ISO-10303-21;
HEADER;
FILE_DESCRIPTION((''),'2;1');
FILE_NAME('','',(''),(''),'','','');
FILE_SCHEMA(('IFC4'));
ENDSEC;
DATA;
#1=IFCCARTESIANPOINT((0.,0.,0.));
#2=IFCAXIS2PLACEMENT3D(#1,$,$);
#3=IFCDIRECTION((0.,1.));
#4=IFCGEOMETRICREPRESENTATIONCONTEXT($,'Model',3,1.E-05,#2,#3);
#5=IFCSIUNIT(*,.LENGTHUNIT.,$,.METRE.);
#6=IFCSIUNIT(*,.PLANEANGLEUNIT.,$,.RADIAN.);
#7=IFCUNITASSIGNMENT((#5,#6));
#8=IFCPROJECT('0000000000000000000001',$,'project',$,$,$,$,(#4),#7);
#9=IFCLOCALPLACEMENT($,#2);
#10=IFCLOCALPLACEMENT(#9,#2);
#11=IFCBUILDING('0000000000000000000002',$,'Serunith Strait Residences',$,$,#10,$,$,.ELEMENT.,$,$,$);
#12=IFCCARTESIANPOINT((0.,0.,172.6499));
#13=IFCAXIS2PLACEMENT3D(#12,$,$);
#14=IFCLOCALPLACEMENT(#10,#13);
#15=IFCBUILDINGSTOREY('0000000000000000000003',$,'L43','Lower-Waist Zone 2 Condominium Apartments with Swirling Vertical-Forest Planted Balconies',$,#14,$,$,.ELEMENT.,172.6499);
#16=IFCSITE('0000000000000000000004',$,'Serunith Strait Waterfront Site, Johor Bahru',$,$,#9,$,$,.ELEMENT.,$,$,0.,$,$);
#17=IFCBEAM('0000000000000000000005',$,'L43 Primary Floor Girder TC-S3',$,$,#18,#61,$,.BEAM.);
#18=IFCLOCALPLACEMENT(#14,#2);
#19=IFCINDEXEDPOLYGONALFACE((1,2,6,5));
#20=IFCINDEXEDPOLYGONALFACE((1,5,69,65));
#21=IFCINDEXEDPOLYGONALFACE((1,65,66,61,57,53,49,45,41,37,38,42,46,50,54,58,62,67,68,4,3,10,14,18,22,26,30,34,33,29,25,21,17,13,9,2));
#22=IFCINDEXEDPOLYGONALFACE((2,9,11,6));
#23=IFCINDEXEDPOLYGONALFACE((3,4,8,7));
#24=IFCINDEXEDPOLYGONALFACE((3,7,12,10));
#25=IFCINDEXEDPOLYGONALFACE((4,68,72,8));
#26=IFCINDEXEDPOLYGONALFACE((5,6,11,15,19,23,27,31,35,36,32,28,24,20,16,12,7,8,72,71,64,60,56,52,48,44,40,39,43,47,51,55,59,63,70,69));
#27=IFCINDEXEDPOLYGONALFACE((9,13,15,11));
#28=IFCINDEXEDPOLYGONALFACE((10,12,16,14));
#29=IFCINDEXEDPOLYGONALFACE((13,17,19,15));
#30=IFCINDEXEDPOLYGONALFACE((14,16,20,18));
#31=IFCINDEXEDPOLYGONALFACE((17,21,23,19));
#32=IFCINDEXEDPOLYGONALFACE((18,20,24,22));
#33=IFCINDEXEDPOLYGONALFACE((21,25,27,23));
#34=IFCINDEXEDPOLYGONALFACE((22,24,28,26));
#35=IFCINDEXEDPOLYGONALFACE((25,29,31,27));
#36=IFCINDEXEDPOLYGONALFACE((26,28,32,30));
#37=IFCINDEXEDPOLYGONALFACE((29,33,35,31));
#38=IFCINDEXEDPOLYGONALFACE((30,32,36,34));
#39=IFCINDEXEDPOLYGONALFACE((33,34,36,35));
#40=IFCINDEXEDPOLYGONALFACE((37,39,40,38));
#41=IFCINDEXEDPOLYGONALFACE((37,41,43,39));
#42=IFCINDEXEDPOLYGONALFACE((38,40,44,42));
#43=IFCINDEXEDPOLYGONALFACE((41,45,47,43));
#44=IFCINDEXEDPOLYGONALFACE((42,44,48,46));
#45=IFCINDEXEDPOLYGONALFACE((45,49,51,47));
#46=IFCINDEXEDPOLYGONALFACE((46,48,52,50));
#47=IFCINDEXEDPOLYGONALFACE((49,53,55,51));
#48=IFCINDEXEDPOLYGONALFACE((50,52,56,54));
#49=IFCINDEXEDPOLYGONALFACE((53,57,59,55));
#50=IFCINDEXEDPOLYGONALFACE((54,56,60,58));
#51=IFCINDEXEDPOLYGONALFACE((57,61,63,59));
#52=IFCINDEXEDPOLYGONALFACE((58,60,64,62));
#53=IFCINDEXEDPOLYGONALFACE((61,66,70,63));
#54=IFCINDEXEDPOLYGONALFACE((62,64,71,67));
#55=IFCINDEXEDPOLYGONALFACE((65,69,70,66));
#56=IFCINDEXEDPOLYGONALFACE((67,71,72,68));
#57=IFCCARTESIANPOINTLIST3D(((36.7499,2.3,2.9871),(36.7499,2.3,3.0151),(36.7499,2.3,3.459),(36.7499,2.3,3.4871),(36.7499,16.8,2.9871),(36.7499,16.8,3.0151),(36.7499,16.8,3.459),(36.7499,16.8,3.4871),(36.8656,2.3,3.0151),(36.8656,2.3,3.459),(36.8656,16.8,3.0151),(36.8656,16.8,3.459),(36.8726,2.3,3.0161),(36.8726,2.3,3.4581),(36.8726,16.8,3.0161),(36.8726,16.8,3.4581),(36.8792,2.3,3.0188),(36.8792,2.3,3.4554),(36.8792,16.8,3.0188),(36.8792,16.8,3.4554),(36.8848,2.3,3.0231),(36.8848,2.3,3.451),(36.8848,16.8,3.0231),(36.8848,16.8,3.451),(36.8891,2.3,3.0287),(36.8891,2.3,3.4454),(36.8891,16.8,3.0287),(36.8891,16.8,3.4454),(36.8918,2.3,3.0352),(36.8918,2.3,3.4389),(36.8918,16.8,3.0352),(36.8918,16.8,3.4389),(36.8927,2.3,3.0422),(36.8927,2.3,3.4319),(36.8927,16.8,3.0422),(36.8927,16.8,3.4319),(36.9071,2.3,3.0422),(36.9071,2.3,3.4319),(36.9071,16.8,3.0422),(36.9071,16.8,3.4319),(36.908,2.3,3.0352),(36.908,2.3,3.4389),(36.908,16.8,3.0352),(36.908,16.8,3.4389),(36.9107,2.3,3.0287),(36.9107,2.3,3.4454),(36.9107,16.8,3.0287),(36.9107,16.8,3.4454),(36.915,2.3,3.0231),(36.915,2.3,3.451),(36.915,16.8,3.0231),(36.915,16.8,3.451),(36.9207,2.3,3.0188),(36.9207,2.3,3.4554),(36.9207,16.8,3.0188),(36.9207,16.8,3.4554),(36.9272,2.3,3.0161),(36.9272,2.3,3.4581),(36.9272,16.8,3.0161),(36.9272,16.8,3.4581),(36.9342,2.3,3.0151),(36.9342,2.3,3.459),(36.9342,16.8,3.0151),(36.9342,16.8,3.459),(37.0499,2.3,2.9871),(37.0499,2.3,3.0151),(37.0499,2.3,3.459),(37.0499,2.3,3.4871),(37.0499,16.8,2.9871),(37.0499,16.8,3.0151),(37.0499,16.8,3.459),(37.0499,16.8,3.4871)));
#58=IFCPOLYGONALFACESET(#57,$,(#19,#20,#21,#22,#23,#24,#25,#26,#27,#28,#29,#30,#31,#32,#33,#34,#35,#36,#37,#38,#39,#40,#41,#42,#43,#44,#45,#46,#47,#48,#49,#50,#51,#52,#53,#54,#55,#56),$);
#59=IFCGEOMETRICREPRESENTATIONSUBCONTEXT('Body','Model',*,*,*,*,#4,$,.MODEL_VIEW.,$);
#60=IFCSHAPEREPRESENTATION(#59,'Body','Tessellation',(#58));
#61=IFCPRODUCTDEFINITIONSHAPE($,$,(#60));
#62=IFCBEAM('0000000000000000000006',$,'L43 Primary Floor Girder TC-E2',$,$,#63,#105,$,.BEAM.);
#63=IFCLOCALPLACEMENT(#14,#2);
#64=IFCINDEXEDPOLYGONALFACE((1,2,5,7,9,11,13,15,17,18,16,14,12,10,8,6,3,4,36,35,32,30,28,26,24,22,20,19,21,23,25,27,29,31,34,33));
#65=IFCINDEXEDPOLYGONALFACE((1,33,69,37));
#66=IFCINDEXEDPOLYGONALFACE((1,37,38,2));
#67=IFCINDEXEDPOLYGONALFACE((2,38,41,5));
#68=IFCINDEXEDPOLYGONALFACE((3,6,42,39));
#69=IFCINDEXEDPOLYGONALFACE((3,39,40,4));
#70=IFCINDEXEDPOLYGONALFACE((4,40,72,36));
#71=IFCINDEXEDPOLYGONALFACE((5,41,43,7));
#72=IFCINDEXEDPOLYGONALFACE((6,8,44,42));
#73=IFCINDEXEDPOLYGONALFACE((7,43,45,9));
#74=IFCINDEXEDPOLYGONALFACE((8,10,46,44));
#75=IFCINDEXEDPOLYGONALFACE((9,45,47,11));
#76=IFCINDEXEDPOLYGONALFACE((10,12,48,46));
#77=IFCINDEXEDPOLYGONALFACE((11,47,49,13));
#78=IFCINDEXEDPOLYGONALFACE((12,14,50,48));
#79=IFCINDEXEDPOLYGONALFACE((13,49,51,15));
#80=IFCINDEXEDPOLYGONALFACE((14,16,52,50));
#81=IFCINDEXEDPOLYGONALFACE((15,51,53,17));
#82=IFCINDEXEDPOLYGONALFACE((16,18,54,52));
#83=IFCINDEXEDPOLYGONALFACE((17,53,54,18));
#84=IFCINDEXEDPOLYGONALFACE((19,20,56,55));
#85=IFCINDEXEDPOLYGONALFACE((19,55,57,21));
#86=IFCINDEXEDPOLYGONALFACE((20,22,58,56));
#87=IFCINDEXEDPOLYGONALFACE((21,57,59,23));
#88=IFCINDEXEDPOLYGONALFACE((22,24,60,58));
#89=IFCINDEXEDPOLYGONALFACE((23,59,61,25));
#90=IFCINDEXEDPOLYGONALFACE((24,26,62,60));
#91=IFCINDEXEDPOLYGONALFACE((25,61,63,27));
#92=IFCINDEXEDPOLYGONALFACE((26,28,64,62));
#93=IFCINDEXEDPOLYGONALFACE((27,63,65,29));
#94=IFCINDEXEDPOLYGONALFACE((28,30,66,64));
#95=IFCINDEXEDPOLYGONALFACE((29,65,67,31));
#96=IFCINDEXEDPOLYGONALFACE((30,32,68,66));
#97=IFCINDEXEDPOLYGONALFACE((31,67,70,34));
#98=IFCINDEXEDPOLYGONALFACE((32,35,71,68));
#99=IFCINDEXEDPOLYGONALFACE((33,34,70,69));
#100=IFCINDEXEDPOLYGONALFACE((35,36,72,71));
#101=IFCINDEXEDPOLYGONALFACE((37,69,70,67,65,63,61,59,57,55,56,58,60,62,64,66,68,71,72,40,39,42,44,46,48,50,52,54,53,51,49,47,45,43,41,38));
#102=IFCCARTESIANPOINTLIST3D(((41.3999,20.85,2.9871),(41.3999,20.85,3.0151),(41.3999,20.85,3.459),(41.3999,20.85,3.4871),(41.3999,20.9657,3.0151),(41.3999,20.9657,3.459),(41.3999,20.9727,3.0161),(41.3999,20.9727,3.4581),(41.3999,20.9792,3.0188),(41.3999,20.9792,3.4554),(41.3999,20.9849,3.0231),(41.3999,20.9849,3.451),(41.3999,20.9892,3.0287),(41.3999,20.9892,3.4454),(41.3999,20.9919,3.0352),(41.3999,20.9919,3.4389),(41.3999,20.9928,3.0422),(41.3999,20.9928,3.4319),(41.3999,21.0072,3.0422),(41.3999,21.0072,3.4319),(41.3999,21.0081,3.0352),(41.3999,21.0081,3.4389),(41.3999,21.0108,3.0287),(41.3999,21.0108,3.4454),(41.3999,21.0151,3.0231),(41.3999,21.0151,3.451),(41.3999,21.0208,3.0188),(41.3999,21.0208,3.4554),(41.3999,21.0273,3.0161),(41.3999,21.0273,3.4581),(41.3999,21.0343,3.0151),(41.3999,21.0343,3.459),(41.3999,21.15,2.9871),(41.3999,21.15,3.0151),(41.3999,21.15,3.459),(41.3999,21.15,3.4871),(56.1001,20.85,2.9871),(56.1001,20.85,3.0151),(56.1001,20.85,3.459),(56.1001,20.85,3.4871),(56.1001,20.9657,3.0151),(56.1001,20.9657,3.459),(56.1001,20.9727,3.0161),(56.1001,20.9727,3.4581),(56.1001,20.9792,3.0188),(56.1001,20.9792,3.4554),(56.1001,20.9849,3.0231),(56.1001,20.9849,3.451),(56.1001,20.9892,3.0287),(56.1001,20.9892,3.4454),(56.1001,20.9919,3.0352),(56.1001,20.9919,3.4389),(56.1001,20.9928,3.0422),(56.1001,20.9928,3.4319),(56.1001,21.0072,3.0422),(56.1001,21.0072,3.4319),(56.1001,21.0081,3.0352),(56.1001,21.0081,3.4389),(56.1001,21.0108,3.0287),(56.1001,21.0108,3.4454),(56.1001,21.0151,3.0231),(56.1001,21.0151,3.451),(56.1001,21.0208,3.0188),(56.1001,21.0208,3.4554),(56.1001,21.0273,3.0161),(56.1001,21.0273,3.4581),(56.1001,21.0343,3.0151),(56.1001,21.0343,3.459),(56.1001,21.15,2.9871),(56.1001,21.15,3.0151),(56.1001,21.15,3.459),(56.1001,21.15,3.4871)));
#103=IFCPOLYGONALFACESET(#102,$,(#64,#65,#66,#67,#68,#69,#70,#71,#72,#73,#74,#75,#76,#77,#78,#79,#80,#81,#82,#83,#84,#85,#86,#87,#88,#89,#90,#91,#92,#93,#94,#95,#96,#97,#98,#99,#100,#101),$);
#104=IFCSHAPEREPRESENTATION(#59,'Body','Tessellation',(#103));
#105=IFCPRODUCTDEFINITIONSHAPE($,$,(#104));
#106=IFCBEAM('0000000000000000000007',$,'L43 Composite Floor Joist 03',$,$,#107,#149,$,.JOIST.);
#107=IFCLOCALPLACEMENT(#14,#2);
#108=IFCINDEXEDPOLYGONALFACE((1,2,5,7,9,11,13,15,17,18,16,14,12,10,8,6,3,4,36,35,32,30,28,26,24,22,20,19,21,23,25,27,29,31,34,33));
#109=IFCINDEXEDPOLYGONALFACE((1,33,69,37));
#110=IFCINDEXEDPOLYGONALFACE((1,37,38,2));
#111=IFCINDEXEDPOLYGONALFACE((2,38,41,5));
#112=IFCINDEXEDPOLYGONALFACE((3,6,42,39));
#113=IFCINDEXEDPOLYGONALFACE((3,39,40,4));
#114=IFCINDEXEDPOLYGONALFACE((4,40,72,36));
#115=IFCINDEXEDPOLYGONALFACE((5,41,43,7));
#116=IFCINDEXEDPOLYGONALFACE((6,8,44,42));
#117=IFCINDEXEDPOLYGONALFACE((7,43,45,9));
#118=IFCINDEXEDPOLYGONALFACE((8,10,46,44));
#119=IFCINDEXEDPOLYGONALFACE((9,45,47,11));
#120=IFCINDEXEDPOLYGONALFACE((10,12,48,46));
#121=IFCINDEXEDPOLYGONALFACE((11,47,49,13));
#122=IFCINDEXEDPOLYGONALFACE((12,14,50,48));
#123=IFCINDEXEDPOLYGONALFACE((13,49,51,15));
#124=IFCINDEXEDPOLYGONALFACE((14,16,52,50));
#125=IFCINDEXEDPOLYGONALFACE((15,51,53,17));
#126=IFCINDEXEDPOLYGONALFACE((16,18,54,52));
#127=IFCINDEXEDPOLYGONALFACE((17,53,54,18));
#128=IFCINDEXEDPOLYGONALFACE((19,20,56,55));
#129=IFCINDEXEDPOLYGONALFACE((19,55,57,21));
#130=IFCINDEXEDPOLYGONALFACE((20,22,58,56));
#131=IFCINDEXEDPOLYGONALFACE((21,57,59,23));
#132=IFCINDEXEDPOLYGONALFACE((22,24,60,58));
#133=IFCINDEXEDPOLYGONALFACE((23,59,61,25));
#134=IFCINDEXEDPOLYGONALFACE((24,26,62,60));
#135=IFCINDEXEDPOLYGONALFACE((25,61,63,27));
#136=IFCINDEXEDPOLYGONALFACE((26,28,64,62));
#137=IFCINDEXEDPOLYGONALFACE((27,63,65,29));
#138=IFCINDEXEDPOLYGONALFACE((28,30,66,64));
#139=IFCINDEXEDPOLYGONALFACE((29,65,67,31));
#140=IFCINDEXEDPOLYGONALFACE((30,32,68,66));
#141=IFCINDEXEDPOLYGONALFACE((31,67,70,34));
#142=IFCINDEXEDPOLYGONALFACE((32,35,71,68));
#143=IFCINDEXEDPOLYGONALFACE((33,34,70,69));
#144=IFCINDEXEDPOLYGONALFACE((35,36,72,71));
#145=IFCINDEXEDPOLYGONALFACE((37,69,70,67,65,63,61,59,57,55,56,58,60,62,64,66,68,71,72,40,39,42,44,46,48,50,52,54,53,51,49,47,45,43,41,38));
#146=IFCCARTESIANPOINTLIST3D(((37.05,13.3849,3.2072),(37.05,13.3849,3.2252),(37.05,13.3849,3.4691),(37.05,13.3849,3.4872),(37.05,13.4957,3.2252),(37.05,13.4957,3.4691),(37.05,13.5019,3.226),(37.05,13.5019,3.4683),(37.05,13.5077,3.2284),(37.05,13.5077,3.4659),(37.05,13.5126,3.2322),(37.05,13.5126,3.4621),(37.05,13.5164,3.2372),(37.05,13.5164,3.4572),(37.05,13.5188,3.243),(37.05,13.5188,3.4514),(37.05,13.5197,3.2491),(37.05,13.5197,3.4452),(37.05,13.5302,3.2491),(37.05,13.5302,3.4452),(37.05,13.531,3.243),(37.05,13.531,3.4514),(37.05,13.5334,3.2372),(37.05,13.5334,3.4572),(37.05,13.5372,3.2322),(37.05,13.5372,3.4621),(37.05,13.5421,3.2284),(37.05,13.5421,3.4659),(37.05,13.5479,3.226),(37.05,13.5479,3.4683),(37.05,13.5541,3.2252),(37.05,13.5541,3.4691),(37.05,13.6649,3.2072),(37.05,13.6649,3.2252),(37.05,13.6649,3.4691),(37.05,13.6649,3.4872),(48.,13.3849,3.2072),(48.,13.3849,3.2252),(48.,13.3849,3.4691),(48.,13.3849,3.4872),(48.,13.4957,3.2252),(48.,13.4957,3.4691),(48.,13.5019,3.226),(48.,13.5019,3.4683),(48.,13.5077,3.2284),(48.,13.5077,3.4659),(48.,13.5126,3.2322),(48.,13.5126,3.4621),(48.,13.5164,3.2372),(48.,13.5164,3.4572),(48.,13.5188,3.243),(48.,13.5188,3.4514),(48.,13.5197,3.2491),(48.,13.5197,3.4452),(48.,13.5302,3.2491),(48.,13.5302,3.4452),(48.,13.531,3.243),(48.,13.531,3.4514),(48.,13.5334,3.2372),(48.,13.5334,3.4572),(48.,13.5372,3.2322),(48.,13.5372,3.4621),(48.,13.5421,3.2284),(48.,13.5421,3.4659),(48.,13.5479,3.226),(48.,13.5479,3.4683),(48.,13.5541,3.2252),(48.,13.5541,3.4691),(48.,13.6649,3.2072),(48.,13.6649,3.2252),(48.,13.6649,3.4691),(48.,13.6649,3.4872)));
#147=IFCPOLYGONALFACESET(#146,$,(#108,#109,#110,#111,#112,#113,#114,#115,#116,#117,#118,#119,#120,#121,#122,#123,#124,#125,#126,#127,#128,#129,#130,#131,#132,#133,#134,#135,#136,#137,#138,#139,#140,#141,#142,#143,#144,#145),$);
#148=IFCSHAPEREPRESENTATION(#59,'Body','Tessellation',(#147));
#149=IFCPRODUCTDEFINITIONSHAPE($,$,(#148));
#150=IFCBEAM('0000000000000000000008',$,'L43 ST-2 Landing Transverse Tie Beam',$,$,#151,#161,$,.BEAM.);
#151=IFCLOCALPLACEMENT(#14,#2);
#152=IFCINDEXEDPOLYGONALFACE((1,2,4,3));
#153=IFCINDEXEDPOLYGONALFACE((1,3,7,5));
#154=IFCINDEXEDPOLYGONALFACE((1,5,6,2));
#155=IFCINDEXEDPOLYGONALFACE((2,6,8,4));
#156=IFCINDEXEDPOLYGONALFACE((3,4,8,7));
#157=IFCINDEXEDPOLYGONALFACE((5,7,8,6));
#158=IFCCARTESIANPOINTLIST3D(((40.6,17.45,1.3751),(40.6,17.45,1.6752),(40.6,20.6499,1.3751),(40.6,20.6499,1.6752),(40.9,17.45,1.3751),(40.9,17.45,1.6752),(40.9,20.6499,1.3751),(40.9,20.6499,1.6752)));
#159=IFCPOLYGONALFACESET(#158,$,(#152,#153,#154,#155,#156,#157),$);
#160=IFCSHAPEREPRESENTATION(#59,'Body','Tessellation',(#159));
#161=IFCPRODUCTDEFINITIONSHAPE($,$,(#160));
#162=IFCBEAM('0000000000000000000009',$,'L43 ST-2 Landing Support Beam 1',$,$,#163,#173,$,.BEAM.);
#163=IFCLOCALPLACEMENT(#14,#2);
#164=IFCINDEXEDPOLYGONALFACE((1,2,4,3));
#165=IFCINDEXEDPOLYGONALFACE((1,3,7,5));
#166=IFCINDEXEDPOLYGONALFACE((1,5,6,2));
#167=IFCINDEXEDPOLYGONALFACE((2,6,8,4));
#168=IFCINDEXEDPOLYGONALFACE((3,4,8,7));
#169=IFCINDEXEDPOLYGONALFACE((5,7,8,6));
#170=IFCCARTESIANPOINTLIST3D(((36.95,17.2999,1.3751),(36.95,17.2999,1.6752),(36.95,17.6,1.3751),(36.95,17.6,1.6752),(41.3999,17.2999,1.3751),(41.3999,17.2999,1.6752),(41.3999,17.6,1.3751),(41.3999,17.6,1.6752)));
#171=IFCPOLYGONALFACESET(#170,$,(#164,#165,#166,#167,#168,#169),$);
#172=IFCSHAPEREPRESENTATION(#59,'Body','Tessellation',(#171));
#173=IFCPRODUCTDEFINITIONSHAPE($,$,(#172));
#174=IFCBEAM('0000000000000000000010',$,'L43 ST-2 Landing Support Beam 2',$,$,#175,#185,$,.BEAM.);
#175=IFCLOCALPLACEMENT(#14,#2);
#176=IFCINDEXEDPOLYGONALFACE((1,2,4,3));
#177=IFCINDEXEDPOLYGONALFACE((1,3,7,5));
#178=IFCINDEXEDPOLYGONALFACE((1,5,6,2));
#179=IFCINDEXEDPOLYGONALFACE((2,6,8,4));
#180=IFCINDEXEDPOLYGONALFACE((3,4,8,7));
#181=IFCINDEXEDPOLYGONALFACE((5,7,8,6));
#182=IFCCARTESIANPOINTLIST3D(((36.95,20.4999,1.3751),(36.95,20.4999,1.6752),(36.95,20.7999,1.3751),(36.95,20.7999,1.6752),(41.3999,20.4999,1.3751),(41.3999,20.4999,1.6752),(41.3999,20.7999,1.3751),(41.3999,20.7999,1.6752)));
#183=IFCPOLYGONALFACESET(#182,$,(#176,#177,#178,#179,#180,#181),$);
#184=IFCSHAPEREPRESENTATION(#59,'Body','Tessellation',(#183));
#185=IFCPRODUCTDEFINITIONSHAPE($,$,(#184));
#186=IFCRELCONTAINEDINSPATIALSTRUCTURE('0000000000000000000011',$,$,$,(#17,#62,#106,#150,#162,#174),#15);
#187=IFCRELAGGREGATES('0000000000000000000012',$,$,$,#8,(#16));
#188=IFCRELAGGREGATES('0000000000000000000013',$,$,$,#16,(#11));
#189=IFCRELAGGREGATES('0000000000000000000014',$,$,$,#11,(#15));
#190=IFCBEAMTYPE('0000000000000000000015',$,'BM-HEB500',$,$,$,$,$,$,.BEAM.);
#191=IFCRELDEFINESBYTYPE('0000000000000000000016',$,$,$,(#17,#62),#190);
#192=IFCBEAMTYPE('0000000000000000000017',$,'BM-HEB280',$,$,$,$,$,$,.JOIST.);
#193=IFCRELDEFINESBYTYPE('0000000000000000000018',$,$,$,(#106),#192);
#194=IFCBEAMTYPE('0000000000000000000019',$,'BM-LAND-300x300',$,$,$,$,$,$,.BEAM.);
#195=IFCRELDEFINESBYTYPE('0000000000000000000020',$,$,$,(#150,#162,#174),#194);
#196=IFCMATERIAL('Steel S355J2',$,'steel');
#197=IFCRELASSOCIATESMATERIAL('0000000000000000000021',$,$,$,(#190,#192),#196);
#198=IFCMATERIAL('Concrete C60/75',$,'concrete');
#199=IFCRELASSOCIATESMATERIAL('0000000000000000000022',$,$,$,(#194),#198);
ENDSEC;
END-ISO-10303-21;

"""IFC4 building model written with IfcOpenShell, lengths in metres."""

from ifc_helpers import new_model, si_unit, direction, frame, origin, origin_2d, place, context, subcontext, project, spatial, rectangle, i_section, extrude, source, transform, mapped, material, material_profile, profile_set, type_object, element, save


model = new_model("IFC4")

# Units and contexts
model_context = context("Model", 3, precision=1e-05, world=origin(), true_north=direction((0.0, 1.0)))
body_context = subcontext(model_context, "Body", "Model", "MODEL_VIEW")
ifc_project = project(units=[si_unit("LENGTHUNIT", "METRE"), si_unit("PLANEANGLEUNIT", "RADIAN")], contexts=[model_context])

# Site, building, storey
site_placement = place(None, origin())
site = spatial("IfcSite", under=ifc_project, at=site_placement, Name="Serunith Strait Waterfront Site, Johor Bahru", CompositionType="ELEMENT", RefElevation=0.0)
building_placement = place(site_placement, origin())
building = spatial("IfcBuilding", under=site, at=building_placement, Name="Serunith Strait Residences", CompositionType="ELEMENT")
storey_placement = place(building_placement, frame((0.0, 0.0, 172.6499)))
storey = spatial("IfcBuildingStorey", under=building, at=storey_placement, Name="L43", Description="Lower-Waist Zone 2 Condominium Apartments with Swirling Vertical-Forest Planted Balconies", CompositionType="ELEMENT", Elevation=172.6499)

# Beams
ifc_material_1 = material(Name="Steel S355J2", Category="steel")
ifc_material_profile_1 = material_profile(ifc_material_1, i_section(OverallWidth=0.3, OverallDepth=0.5, WebThickness=0.0144, FlangeThickness=0.0281, FilletRadius=0.0271, at=origin_2d()), Name="HEB 500")
ifc_profile_set_1 = profile_set([ifc_material_profile_1], Name="Steel S355J2")
beam_type_1 = type_object("IfcBeamType", Name="BM-HEB500", PredefinedType="BEAM", material=ifc_profile_set_1)
shared_shape_1 = source(origin(), body_context, "Body", "SweptSolid", [
    extrude(i_section(OverallWidth=0.3, OverallDepth=0.5, WebThickness=0.0144, FlangeThickness=0.0281, FilletRadius=0.0271, at=origin_2d()), origin(), (0.0, 0.0, 1.0), 14.5),
])
beam_1_placement = place(storey_placement, frame((36.8999, 16.8, 3.2371), z_axis=(0.0, -1.0, 0.0), x_axis=(1.0, 0.0, 0.0)))
element("IfcBeam", 1, at=beam_1_placement, inside=storey, type_object=beam_type_1, Name="L43 Primary Floor Girder TC-S3", PredefinedType="BEAM", context=body_context, shape_type="MappedRepresentation", body=[
    mapped(shared_shape_1, transform((0.0, 0.0, 0.0), scale=1.0)),
])
shared_shape_2 = source(origin(), body_context, "Body", "SweptSolid", [
    extrude(i_section(OverallWidth=0.3, OverallDepth=0.5, WebThickness=0.0144, FlangeThickness=0.0281, FilletRadius=0.0271, at=origin_2d()), origin(), (0.0, 0.0, 1.0), 14.7002),
])
beam_2_placement = place(storey_placement, frame((41.3999, 21.0, 3.2371), z_axis=(1.0, 0.0, 0.0), x_axis=(0.0, 1.0, 0.0)))
element("IfcBeam", 2, at=beam_2_placement, inside=storey, type_object=beam_type_1, Name="L43 Primary Floor Girder TC-E2", PredefinedType="BEAM", context=body_context, shape_type="MappedRepresentation", body=[
    mapped(shared_shape_2, transform((0.0, 0.0, 0.0), scale=1.0)),
])
ifc_material_profile_2 = material_profile(ifc_material_1, i_section(OverallWidth=0.28, OverallDepth=0.28, WebThickness=0.0105, FlangeThickness=0.0181, FilletRadius=0.0239, at=origin_2d()), Name="HEB 280")
ifc_profile_set_2 = profile_set([ifc_material_profile_2], Name="Steel S355J2")
beam_type_2 = type_object("IfcBeamType", Name="BM-HEB280", PredefinedType="JOIST", material=ifc_profile_set_2)
shared_shape_3 = source(origin(), body_context, "Body", "SweptSolid", [
    extrude(i_section(OverallWidth=0.28, OverallDepth=0.28, WebThickness=0.0105, FlangeThickness=0.0181, FilletRadius=0.0239, at=origin_2d()), origin(), (0.0, 0.0, 1.0), 10.95),
])
beam_3_placement = place(storey_placement, frame((37.05, 13.5249, 3.3472), z_axis=(1.0, 0.0, 0.0), x_axis=(0.0, 1.0, 0.0)))
element("IfcBeam", 3, at=beam_3_placement, inside=storey, type_object=beam_type_2, Name="L43 Composite Floor Joist 03", PredefinedType="JOIST", context=body_context, shape_type="MappedRepresentation", body=[
    mapped(shared_shape_3, transform((0.0, 0.0, 0.0), scale=1.0)),
])
ifc_material_2 = material(Name="Concrete C60/75", Category="concrete")
ifc_material_profile_3 = material_profile(ifc_material_2, rectangle(XDim=0.3, YDim=0.3, at=origin_2d()), Name="RC 300x300")
ifc_profile_set_3 = profile_set([ifc_material_profile_3], Name="Concrete C60/75")
beam_type_3 = type_object("IfcBeamType", Name="BM-LAND-300x300", PredefinedType="BEAM", material=ifc_profile_set_3)
shared_shape_4 = source(origin(), body_context, "Body", "SweptSolid", [
    extrude(rectangle(XDim=0.3, YDim=0.3, at=origin_2d()), origin(), (0.0, 0.0, 1.0), 3.2),
])
beam_4_placement = place(storey_placement, frame((40.75, 17.45, 1.5251), z_axis=(0.0, 1.0, 0.0), x_axis=(-1.0, 0.0, 0.0)))
element("IfcBeam", 4, at=beam_4_placement, inside=storey, type_object=beam_type_3, Name="L43 ST-2 Landing Transverse Tie Beam", PredefinedType="BEAM", context=body_context, shape_type="MappedRepresentation", body=[
    mapped(shared_shape_4, transform((0.0, 0.0, 0.0), scale=1.0)),
])
shared_shape_5 = source(origin(), body_context, "Body", "SweptSolid", [
    extrude(rectangle(XDim=0.3, YDim=0.3, at=origin_2d()), origin(), (0.0, 0.0, 1.0), 4.45),
])
for number, where, z_axis, x_axis, name in (
    (5, (36.95, 17.45, 1.5251), (1.0, 0.0, 0.0), (0.0, 1.0, 0.0), "L43 ST-2 Landing Support Beam 1"),
    (6, (36.95, 20.6499, 1.5251), (1.0, 0.0, 0.0), (0.0, 1.0, 0.0), "L43 ST-2 Landing Support Beam 2"),
):
    element("IfcBeam", number, at=place(storey_placement, frame(where, z_axis=z_axis, x_axis=x_axis)), inside=storey, type_object=beam_type_3, Name=name, PredefinedType="BEAM", context=body_context, shape_type="MappedRepresentation", body=[
        mapped(shared_shape_5, transform((0.0, 0.0, 0.0), scale=1.0)),
    ])

save(model, "model.ifc")
